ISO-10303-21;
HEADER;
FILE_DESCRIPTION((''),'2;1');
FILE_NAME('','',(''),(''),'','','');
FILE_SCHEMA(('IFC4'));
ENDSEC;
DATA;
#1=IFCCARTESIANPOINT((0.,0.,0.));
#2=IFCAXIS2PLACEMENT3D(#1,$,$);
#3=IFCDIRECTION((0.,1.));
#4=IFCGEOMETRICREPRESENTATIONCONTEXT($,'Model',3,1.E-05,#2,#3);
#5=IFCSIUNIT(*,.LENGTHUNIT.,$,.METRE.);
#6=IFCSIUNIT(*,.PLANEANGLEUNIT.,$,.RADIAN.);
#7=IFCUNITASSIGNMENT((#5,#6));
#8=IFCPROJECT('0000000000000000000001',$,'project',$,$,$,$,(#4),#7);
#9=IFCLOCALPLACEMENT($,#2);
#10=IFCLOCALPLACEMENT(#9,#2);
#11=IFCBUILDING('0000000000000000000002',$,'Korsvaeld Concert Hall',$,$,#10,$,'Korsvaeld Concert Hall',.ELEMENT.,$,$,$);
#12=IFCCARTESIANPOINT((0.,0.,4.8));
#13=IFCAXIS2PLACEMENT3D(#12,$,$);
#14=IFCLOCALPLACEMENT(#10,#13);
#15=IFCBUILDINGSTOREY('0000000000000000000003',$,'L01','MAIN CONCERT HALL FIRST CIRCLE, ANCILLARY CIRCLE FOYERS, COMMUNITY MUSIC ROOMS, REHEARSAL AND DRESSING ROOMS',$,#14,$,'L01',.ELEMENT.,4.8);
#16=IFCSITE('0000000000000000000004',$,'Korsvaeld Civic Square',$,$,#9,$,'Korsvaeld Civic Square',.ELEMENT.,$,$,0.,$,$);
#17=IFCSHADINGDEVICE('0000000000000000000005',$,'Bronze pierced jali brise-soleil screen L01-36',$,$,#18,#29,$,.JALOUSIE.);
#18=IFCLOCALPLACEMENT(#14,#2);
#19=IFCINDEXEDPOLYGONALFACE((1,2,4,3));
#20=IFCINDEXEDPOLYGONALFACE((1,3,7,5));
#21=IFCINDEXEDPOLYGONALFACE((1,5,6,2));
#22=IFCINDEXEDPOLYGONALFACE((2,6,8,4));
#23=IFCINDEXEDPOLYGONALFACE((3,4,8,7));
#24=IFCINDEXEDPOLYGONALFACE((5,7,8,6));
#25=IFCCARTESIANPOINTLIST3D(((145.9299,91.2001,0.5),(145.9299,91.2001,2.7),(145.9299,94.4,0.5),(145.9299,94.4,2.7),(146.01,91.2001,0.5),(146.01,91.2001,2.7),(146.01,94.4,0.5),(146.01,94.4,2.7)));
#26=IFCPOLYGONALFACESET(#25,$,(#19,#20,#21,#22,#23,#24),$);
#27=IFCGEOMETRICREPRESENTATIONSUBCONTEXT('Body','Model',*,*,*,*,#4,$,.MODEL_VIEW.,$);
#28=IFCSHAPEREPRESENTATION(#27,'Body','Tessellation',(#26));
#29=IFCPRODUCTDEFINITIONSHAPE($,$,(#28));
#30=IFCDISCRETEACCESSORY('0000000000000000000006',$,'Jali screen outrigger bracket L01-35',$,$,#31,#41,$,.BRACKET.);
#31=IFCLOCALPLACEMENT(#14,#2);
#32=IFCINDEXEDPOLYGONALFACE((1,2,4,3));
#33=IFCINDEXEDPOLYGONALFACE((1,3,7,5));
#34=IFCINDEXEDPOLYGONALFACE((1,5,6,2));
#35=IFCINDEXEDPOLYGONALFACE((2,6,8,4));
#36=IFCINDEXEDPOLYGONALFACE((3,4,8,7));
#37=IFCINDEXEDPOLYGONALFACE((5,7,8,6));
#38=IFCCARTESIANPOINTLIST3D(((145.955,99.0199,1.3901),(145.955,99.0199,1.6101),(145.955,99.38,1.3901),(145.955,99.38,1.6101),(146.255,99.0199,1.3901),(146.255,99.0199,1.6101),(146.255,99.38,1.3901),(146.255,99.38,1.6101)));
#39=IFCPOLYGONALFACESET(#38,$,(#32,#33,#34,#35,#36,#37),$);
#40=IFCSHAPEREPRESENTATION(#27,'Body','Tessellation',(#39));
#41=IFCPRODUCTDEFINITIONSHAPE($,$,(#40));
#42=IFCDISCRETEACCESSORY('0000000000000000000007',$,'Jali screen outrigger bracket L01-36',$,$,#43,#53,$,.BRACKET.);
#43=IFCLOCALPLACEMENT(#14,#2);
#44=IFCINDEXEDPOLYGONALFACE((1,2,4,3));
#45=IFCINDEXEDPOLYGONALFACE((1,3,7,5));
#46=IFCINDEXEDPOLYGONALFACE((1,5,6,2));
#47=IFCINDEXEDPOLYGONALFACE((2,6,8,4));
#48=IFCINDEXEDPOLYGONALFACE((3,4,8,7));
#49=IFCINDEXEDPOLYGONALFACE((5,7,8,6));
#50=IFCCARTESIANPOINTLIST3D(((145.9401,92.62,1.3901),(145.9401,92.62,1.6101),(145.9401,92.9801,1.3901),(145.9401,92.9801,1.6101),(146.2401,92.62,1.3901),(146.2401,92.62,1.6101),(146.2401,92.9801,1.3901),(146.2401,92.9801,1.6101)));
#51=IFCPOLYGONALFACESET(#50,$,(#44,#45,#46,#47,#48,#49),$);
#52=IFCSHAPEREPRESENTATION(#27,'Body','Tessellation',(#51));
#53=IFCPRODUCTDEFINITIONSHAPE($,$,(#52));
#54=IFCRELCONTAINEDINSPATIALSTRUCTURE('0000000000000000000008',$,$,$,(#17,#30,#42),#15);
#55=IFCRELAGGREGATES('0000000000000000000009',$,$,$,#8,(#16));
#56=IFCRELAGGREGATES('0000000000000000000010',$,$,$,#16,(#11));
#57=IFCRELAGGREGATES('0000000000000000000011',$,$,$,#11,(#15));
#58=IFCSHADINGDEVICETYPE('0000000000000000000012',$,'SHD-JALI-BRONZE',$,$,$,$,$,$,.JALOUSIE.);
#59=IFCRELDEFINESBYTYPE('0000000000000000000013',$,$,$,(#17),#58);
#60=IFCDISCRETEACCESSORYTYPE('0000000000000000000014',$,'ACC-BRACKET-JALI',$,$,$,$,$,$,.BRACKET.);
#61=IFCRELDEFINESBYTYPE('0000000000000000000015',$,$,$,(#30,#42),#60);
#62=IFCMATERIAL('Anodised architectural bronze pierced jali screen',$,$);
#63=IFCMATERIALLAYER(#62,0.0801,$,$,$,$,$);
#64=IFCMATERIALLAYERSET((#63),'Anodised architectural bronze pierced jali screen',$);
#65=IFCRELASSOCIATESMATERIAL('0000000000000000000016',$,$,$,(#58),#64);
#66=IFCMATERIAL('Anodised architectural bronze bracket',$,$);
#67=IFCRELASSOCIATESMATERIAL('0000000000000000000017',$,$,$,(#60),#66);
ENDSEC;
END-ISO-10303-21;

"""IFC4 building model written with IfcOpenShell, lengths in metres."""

from ifc_helpers import new_model, si_unit, direction, frame, origin, origin_2d, place, context, subcontext, project, spatial, rectangle, extrude, material, layer, layer_set, type_object, element, save


model = new_model("IFC4")

# Units and contexts
model_context = context("Model", 3, precision=1e-05, world=origin(), true_north=direction((0.0, 1.0)))
body_context = subcontext(model_context, "Body", "Model", "MODEL_VIEW")
ifc_project = project(units=[si_unit("LENGTHUNIT", "METRE"), si_unit("PLANEANGLEUNIT", "RADIAN")], contexts=[model_context])

# Site, building, storey
site_placement = place(None, origin())
site = spatial("IfcSite", under=ifc_project, at=site_placement, Name="Korsvaeld Civic Square", LongName="Korsvaeld Civic Square", CompositionType="ELEMENT", RefElevation=0.0)
building_placement = place(site_placement, origin())
building = spatial("IfcBuilding", under=site, at=building_placement, Name="Korsvaeld Concert Hall", LongName="Korsvaeld Concert Hall", CompositionType="ELEMENT")
storey_placement = place(building_placement, frame((0.0, 0.0, 4.8)))
storey = spatial("IfcBuildingStorey", under=building, at=storey_placement, Name="L01", Description="MAIN CONCERT HALL FIRST CIRCLE, ANCILLARY CIRCLE FOYERS, COMMUNITY MUSIC ROOMS, REHEARSAL AND DRESSING ROOMS", LongName="L01", CompositionType="ELEMENT", Elevation=4.8)

# Shading device
ifc_material_1 = material(Name="Anodised architectural bronze pierced jali screen")
ifc_layer_1 = layer(ifc_material_1, 0.0801)
ifc_layer_set_1 = layer_set([ifc_layer_1], Name="Anodised architectural bronze pierced jali screen")
shading_device_type = type_object("IfcShadingDeviceType", Name="SHD-JALI-BRONZE", PredefinedType="JALOUSIE", material=ifc_layer_set_1)
for number, where, z_axis, x_axis, name in (
    (1, (145.97, 92.8, 0.5), (0.0, 0.0, 1.0), (0.0, -1.0, 0.0), "Bronze pierced jali brise-soleil screen L01-36"),
):
    element("IfcShadingDevice", number, at=place(storey_placement, frame(where, z_axis=z_axis, x_axis=x_axis)), inside=storey, type_object=shading_device_type, Name=name, PredefinedType="JALOUSIE", context=body_context, shape_type="SweptSolid", body=[
        extrude(rectangle(XDim=3.2, YDim=0.0801, at=origin_2d()), origin(), (0.0, 0.0, 1.0), 2.2),
    ])

# Discrete accessories
ifc_material_2 = material(Name="Anodised architectural bronze bracket")
discrete_accessory_type = type_object("IfcDiscreteAccessoryType", Name="ACC-BRACKET-JALI", PredefinedType="BRACKET", material=ifc_material_2)
for number, where, z_axis, x_axis, name in (
    (2, (146.105, 99.2, 1.3901), (0.0, 0.0, 1.0), (0.0, -1.0, 0.0), "Jali screen outrigger bracket L01-35"),
    (3, (146.0901, 92.8, 1.3901), (0.0, 0.0, 1.0), (0.0, -1.0, 0.0), "Jali screen outrigger bracket L01-36"),
):
    element("IfcDiscreteAccessory", number, at=place(storey_placement, frame(where, z_axis=z_axis, x_axis=x_axis)), inside=storey, type_object=discrete_accessory_type, Name=name, PredefinedType="BRACKET", context=body_context, shape_type="SweptSolid", body=[
        extrude(rectangle(XDim=0.3601, YDim=0.3, at=origin_2d()), origin(), (0.0, 0.0, 1.0), 0.22),
    ])

save(model, "model.ifc")
